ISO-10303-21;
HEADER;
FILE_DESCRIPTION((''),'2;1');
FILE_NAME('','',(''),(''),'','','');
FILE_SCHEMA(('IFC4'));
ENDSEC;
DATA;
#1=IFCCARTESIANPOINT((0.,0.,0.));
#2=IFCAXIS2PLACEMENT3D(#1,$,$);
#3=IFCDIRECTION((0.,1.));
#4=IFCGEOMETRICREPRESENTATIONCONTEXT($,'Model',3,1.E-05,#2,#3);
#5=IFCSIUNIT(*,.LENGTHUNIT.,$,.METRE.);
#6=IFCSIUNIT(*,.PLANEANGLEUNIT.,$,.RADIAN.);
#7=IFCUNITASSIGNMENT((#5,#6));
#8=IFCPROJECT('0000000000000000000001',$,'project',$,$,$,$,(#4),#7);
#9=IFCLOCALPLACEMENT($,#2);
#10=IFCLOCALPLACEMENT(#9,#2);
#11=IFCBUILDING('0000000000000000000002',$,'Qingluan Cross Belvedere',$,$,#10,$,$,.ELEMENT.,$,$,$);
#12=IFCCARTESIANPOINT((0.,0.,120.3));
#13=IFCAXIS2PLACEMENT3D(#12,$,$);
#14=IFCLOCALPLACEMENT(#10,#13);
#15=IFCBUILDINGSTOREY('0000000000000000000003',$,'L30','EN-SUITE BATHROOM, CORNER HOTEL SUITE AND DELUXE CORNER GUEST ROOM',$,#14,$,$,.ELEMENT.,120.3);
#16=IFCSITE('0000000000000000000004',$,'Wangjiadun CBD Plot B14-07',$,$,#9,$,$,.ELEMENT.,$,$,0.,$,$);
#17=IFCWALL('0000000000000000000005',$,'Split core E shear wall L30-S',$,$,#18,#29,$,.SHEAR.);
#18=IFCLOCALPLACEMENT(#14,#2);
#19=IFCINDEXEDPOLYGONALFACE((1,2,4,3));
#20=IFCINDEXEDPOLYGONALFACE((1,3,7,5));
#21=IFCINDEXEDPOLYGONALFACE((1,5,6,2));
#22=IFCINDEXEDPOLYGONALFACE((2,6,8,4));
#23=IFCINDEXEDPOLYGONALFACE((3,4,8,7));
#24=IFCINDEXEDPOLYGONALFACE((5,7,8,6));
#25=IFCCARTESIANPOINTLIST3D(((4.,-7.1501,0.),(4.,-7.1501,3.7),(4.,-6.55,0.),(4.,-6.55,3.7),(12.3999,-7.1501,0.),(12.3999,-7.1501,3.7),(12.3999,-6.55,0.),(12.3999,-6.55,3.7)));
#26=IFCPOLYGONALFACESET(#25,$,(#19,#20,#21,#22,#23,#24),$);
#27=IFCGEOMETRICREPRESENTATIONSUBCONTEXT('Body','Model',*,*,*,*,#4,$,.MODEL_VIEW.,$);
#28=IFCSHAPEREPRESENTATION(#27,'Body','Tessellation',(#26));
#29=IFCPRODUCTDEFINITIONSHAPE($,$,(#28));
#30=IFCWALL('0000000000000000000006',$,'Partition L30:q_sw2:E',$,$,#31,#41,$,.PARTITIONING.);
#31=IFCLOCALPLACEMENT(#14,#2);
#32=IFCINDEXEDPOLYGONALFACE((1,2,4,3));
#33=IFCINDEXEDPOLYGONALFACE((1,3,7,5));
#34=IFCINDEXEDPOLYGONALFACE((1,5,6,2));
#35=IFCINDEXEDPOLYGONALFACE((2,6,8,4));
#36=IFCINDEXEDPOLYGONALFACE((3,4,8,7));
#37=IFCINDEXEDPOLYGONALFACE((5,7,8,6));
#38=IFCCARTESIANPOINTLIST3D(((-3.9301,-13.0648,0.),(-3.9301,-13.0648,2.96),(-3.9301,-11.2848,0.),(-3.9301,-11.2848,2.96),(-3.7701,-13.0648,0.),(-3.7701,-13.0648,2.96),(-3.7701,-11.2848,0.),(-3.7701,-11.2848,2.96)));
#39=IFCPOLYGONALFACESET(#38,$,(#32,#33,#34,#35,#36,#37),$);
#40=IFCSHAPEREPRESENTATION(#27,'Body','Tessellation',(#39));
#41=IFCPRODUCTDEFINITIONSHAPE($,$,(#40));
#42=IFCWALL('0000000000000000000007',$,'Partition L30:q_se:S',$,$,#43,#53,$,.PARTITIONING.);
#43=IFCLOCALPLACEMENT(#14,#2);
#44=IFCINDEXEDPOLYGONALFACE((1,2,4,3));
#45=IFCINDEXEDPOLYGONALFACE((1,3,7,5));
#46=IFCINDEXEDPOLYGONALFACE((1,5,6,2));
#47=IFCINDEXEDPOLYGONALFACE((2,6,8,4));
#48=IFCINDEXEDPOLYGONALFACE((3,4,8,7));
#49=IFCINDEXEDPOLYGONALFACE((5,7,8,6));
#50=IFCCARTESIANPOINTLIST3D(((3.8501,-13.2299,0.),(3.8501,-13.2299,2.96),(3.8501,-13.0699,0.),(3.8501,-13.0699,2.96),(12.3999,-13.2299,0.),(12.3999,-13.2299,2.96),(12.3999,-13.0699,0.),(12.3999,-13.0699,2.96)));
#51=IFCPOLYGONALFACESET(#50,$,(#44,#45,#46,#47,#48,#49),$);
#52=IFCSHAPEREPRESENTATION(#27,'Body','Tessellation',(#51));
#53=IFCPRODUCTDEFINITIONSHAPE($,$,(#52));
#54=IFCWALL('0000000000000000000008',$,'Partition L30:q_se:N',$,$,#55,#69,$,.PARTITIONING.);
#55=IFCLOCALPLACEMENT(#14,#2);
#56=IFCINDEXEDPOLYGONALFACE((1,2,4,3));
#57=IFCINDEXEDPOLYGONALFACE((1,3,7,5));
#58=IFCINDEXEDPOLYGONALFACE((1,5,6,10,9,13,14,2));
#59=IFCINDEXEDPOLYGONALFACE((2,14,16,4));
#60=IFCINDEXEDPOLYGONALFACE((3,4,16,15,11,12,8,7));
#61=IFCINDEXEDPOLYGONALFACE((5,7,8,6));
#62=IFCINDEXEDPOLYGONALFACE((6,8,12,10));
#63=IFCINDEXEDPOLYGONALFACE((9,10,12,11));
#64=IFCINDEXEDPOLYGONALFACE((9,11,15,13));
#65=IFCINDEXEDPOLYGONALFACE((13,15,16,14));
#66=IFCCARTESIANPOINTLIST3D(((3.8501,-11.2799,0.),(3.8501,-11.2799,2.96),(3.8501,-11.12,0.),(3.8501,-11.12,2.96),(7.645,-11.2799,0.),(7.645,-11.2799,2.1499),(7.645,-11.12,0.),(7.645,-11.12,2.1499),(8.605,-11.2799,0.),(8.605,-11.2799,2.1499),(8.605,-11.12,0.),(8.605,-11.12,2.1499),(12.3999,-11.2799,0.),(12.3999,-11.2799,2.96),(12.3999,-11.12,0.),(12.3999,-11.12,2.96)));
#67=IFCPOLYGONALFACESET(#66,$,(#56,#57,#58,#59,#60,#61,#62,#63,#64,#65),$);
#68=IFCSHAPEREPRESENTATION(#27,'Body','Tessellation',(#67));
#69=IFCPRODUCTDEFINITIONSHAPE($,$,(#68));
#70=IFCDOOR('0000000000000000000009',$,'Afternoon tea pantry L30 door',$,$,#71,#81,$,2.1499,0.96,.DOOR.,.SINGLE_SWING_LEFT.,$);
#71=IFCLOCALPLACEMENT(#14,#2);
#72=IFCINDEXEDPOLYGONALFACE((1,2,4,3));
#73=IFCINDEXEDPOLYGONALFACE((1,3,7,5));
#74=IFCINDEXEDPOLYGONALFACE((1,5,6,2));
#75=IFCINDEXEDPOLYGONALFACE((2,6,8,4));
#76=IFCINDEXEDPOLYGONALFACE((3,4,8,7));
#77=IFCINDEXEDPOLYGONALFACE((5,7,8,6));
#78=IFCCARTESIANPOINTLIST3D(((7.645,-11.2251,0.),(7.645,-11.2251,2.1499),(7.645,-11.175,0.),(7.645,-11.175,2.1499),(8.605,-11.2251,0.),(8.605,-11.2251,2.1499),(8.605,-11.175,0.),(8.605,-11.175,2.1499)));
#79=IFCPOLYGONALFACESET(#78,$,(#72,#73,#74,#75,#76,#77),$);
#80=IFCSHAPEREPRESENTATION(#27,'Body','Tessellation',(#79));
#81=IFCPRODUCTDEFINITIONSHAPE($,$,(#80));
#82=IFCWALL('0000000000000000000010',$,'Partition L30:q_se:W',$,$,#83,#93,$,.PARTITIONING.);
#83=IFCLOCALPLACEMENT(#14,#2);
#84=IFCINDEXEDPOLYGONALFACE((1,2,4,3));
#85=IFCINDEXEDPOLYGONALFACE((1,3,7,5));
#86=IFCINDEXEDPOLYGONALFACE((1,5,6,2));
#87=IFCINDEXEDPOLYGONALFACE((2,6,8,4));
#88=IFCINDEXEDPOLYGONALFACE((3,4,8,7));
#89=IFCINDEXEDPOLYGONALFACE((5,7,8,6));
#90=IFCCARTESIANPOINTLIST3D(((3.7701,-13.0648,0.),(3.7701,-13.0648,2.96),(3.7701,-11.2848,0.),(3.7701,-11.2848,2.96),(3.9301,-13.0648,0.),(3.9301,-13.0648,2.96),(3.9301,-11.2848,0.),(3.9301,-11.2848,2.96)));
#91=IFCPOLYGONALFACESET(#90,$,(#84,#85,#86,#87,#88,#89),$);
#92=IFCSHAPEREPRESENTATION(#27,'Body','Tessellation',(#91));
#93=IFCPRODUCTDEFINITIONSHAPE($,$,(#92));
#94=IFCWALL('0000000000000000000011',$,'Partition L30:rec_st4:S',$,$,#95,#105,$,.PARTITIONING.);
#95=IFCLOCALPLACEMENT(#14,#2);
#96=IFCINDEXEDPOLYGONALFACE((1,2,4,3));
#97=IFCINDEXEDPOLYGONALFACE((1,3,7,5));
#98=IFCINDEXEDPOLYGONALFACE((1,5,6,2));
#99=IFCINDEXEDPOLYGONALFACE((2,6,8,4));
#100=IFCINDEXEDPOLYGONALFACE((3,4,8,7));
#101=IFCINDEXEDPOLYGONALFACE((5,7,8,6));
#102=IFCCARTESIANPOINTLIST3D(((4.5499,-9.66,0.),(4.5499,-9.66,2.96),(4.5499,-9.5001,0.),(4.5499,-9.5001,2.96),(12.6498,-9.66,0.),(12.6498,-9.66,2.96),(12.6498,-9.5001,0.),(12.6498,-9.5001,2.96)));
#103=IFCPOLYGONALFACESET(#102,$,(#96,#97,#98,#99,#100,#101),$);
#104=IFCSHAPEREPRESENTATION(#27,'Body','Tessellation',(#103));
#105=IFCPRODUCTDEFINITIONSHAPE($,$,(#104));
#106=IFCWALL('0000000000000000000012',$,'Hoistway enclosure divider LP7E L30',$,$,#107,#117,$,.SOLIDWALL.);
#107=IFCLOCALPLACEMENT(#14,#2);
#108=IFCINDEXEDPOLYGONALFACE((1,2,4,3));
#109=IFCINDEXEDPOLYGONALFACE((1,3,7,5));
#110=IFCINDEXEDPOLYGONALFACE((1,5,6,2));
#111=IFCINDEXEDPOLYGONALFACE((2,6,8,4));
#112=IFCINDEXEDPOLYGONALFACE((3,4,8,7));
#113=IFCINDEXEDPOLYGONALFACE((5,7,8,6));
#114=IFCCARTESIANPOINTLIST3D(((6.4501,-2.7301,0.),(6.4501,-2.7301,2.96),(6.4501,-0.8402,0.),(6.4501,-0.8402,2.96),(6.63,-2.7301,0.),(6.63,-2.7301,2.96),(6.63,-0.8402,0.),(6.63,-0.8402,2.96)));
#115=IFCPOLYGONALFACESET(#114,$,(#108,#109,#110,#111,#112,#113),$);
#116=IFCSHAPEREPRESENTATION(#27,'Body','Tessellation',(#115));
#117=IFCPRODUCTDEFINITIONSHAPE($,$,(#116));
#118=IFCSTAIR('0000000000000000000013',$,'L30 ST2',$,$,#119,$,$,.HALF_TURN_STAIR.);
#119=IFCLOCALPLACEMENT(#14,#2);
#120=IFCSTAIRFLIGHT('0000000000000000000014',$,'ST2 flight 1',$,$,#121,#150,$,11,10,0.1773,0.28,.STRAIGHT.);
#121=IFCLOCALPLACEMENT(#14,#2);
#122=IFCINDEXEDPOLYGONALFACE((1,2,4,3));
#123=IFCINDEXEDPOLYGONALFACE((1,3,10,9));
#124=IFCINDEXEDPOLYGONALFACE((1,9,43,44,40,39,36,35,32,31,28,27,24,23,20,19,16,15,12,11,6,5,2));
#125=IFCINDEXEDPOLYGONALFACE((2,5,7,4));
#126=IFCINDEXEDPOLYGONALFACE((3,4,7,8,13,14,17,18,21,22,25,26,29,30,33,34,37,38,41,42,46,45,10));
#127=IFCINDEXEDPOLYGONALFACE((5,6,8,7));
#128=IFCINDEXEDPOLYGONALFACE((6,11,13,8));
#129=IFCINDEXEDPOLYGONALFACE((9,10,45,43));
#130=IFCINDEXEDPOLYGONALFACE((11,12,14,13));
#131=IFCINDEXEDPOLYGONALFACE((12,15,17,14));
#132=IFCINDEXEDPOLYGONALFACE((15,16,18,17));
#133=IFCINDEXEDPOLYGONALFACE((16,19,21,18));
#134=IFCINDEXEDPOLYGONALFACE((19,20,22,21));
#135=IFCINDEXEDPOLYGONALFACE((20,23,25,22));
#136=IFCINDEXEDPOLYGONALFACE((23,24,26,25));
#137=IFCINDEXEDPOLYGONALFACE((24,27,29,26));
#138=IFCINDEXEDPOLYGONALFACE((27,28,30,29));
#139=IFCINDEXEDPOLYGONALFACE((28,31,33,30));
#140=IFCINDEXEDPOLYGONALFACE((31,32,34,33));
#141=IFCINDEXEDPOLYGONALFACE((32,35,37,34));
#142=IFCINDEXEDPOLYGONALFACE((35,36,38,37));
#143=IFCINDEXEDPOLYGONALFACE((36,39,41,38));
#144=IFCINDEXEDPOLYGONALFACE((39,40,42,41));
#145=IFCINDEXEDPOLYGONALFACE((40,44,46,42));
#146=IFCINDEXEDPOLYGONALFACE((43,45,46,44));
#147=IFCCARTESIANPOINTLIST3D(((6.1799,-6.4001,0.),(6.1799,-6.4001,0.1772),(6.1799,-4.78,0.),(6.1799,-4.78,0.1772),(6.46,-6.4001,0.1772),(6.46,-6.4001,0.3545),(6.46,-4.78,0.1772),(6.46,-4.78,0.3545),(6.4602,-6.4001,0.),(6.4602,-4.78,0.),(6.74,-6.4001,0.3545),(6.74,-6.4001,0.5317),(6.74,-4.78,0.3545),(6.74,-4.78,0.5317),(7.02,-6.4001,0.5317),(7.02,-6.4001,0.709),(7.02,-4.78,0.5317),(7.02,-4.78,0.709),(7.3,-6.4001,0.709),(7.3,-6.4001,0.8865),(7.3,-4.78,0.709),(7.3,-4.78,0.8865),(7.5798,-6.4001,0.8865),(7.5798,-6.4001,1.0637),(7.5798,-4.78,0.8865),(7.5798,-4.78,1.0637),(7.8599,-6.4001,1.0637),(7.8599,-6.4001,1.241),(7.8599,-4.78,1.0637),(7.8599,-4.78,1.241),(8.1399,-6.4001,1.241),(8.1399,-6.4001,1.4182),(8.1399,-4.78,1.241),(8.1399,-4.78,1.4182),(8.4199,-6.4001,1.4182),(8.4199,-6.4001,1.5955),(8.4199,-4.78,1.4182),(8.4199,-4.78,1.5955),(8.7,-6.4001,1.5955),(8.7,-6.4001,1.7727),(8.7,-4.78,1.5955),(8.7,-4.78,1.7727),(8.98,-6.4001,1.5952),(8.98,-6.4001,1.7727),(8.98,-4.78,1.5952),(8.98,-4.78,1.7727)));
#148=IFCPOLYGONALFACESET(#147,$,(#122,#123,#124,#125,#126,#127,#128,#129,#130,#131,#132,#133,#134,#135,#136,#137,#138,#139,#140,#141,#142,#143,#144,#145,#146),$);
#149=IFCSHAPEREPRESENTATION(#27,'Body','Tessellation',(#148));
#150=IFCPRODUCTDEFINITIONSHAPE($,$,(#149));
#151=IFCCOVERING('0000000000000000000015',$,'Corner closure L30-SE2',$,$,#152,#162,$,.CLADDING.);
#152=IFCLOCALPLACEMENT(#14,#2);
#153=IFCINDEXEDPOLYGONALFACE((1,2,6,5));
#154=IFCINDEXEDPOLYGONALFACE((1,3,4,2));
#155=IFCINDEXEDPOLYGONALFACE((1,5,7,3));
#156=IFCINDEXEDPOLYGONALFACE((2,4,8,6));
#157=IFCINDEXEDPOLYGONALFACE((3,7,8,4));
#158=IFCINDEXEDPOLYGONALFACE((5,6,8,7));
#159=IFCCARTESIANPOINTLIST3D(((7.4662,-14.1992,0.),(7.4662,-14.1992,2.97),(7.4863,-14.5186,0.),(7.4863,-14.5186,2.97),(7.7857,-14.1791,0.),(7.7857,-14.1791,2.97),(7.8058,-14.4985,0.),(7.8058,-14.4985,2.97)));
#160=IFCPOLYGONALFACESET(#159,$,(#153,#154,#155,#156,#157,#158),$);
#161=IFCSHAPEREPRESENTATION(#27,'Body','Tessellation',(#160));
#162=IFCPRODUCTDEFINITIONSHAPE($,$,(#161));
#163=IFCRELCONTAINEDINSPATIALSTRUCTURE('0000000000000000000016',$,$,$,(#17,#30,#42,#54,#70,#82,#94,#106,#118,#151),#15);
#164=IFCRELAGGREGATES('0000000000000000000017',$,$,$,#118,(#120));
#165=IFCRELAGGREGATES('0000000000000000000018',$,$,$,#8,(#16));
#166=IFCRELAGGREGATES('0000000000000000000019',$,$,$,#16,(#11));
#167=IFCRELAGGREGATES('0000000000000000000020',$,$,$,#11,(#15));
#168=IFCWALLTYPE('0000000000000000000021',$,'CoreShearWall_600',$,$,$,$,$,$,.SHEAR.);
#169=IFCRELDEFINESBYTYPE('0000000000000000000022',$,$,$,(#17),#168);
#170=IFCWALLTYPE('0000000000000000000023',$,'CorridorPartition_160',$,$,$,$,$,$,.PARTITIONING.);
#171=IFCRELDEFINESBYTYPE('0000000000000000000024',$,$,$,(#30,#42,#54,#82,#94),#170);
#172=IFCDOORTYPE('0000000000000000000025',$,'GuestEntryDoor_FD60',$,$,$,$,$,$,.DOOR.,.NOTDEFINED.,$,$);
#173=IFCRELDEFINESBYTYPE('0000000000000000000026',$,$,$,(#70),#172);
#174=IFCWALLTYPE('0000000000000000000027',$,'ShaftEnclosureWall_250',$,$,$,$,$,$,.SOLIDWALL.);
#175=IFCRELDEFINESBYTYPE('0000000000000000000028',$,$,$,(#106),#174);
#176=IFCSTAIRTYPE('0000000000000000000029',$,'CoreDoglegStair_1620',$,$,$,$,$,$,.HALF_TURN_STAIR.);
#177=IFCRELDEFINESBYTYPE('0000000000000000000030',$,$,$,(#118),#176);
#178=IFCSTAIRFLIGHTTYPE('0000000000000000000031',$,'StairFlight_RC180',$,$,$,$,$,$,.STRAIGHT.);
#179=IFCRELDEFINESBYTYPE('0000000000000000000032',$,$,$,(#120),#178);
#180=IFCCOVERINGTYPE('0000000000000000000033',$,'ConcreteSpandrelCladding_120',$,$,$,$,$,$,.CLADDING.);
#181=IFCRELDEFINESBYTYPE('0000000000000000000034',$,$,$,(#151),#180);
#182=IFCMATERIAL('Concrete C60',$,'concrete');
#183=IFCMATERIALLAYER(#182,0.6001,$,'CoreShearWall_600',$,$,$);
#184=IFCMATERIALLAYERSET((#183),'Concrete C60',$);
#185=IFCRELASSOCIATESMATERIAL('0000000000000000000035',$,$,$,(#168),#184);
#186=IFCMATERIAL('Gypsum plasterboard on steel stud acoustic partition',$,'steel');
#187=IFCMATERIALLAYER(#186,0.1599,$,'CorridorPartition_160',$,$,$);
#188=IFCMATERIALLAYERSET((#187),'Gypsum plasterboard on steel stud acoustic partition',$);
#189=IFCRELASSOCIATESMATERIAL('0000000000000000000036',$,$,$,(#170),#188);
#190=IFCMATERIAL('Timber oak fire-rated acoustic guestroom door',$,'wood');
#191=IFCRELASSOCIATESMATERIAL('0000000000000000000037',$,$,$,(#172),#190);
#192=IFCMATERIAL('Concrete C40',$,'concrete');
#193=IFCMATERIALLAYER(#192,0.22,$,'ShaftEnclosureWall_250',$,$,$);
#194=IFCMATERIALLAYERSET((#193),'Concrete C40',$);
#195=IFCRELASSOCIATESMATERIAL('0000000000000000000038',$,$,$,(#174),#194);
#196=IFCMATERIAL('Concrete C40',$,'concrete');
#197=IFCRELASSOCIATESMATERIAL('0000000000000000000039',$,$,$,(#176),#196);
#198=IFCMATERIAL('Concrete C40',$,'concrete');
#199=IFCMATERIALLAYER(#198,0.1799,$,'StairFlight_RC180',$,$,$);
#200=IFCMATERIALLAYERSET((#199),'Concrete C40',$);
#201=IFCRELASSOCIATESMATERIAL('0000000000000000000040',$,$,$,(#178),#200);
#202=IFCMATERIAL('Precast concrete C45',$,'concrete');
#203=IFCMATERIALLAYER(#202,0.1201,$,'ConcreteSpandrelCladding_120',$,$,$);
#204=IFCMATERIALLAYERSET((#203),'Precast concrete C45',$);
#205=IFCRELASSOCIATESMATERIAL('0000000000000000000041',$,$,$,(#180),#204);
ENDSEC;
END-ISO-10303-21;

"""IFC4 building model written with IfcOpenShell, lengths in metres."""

from ifc_helpers import new_model, si_unit, direction, frame, frame_2d, origin, origin_2d, place, context, subcontext, project, spatial, polyline, rectangle, outline, extrude, material, layer, layer_set, type_object, element, fill, aggregate, save


model = new_model("IFC4")

# Units and contexts
model_context = context("Model", 3, precision=1e-05, world=origin(), true_north=direction((0.0, 1.0)))
body_context = subcontext(model_context, "Body", "Model", "MODEL_VIEW")
ifc_project = project(units=[si_unit("LENGTHUNIT", "METRE"), si_unit("PLANEANGLEUNIT", "RADIAN")], contexts=[model_context])

# Site, building, storey
site_placement = place(None, origin())
site = spatial("IfcSite", under=ifc_project, at=site_placement, Name="Wangjiadun CBD Plot B14-07", CompositionType="ELEMENT", RefElevation=0.0)
building_placement = place(site_placement, origin())
building = spatial("IfcBuilding", under=site, at=building_placement, Name="Qingluan Cross Belvedere", CompositionType="ELEMENT")
storey_placement = place(building_placement, frame((0.0, 0.0, 120.3)))
storey = spatial("IfcBuildingStorey", under=building, at=storey_placement, Name="L30", Description="EN-SUITE BATHROOM, CORNER HOTEL SUITE AND DELUXE CORNER GUEST ROOM", CompositionType="ELEMENT", Elevation=120.3)

# Wall
ifc_material_1 = material(Name="Concrete C60", Category="concrete")
ifc_layer_1 = layer(ifc_material_1, 0.6001, Name="CoreShearWall_600")
ifc_layer_set_1 = layer_set([ifc_layer_1], Name="Concrete C60")
wall_type_1 = type_object("IfcWallType", Name="CoreShearWall_600", PredefinedType="SHEAR", material=ifc_layer_set_1)
wall_1_placement = place(storey_placement, frame((4.0, -6.8501, 0.0), z_axis=(0.0, 0.0, 1.0), x_axis=(1.0, 0.0, 0.0)))
element("IfcWall", 1, at=wall_1_placement, inside=storey, type_object=wall_type_1, Name="Split core E shear wall L30-S", PredefinedType="SHEAR", context=body_context, shape_type="SweptSolid", body=[
    extrude(rectangle(XDim=8.3999, YDim=0.6001, at=frame_2d((4.2, 0.0))), origin(), (0.0, 0.0, 1.0), 3.7),
])

# Walls
ifc_material_2 = material(Name="Gypsum plasterboard on steel stud acoustic partition", Category="steel")
ifc_layer_2 = layer(ifc_material_2, 0.1599, Name="CorridorPartition_160")
ifc_layer_set_2 = layer_set([ifc_layer_2], Name="Gypsum plasterboard on steel stud acoustic partition")
wall_type_2 = type_object("IfcWallType", Name="CorridorPartition_160", PredefinedType="PARTITIONING", material=ifc_layer_set_2)
wall_2_placement = place(storey_placement, frame((-3.8501, -13.0649, 0.0), z_axis=(0.0, 0.0, 1.0), x_axis=(0.0, 1.0, 0.0)))
element("IfcWall", 2, at=wall_2_placement, inside=storey, type_object=wall_type_2, Name="Partition L30:q_sw2:E", PredefinedType="PARTITIONING", context=body_context, shape_type="SweptSolid", body=[
    extrude(rectangle(XDim=1.78, YDim=0.1599, at=frame_2d((0.8901, 0.0))), origin(), (0.0, 0.0, 1.0), 2.96),
])
wall_3_placement = place(storey_placement, frame((3.8501, -13.1499, 0.0), z_axis=(0.0, 0.0, 1.0), x_axis=(1.0, 0.0, 0.0)))
element("IfcWall", 3, at=wall_3_placement, inside=storey, type_object=wall_type_2, Name="Partition L30:q_se:S", PredefinedType="PARTITIONING", context=body_context, shape_type="SweptSolid", body=[
    extrude(rectangle(XDim=8.5498, YDim=0.1599, at=frame_2d((4.2749, 0.0))), origin(), (0.0, 0.0, 1.0), 2.96),
])

# Wall, opening, door
wall_4_placement = place(storey_placement, frame((3.8501, -11.2, 0.0), z_axis=(0.0, 0.0, 1.0), x_axis=(1.0, 0.0, 0.0)))
wall_4 = element("IfcWall", 4, at=wall_4_placement, inside=storey, type_object=wall_type_2, Name="Partition L30:q_se:N", PredefinedType="PARTITIONING", context=body_context, shape_type="SweptSolid", body=[
    extrude(rectangle(XDim=8.5498, YDim=0.1599, at=frame_2d((4.2749, 0.0))), origin(), (0.0, 0.0, 1.0), 2.96),
])
opening_1_placement = place(wall_4_placement, frame((3.7949, 0.0, 0.0)))
opening_1 = element("IfcOpeningElement", 5, at=opening_1_placement, cuts=wall_4, PredefinedType="OPENING", context=body_context, shape_type="SweptSolid", body=[
    extrude(rectangle(XDim=0.96, YDim=2.1499, at=frame_2d((0.48, 1.075))), frame((0.0, 0.0898, 0.0), z_axis=(0.0, -1.0, 0.0), x_axis=(1.0, 0.0, 0.0)), (0.0, 0.0, 1.0), 0.1799),
])
ifc_material_3 = material(Name="Timber oak fire-rated acoustic guestroom door", Category="wood")
door_type_1 = type_object("IfcDoorType", Name="GuestEntryDoor_FD60", OperationType="NOTDEFINED", PredefinedType="DOOR", material=ifc_material_3)
door_1_placement = place(opening_1_placement, origin())
door_1 = element("IfcDoor", 6, at=door_1_placement, inside=storey, type_object=door_type_1, Name="Afternoon tea pantry L30 door", OperationType="SINGLE_SWING_LEFT", OverallHeight=2.1499, OverallWidth=0.96, PredefinedType="DOOR", context=body_context, shape_type="SweptSolid", body=[
    extrude(rectangle(XDim=0.96, YDim=2.1499, at=frame_2d((0.48, 1.075))), frame((0.0, 0.0249, 0.0), z_axis=(0.0, -1.0, 0.0), x_axis=(1.0, 0.0, 0.0)), (0.0, 0.0, 1.0), 0.05),
])
fill(opening_1, door_1)

# Walls
wall_5_placement = place(storey_placement, frame((3.8501, -13.0649, 0.0), z_axis=(0.0, 0.0, 1.0), x_axis=(0.0, 1.0, 0.0)))
element("IfcWall", 7, at=wall_5_placement, inside=storey, type_object=wall_type_2, Name="Partition L30:q_se:W", PredefinedType="PARTITIONING", context=body_context, shape_type="SweptSolid", body=[
    extrude(rectangle(XDim=1.78, YDim=0.1599, at=frame_2d((0.8901, 0.0))), origin(), (0.0, 0.0, 1.0), 2.96),
])
wall_6_placement = place(storey_placement, frame((4.55, -9.5801, 0.0), z_axis=(0.0, 0.0, 1.0), x_axis=(1.0, 0.0, 0.0)))
element("IfcWall", 8, at=wall_6_placement, inside=storey, type_object=wall_type_2, Name="Partition L30:rec_st4:S", PredefinedType="PARTITIONING", context=body_context, shape_type="SweptSolid", body=[
    extrude(rectangle(XDim=8.0999, YDim=0.1599, at=frame_2d((4.0498, 0.0))), origin(), (0.0, 0.0, 1.0), 2.96),
])

# Wall
ifc_material_4 = material(Name="Concrete C40", Category="concrete")
ifc_layer_3 = layer(ifc_material_4, 0.22, Name="ShaftEnclosureWall_250")
ifc_layer_set_3 = layer_set([ifc_layer_3], Name="Concrete C40")
wall_type_3 = type_object("IfcWallType", Name="ShaftEnclosureWall_250", PredefinedType="SOLIDWALL", material=ifc_layer_set_3)
wall_7_placement = place(storey_placement, frame((6.54, -2.73, 0.0), z_axis=(0.0, 0.0, 1.0), x_axis=(0.0, 1.0, 0.0)))
element("IfcWall", 9, at=wall_7_placement, inside=storey, type_object=wall_type_3, Name="Hoistway enclosure divider LP7E L30", PredefinedType="SOLIDWALL", context=body_context, shape_type="SweptSolid", body=[
    extrude(rectangle(XDim=1.8899, YDim=0.1799, at=frame_2d((0.9448, 0.0))), origin(), (0.0, 0.0, 1.0), 2.96),
])

# Stair, stair flight
ifc_material_5 = material(Name="Concrete C40", Category="concrete")
stair_type = type_object("IfcStairType", Name="CoreDoglegStair_1620", PredefinedType="HALF_TURN_STAIR", material=ifc_material_5)
stair_placement = place(storey_placement, origin())
stair = element("IfcStair", 10, at=stair_placement, inside=storey, type_object=stair_type, Name="L30 ST2", PredefinedType="HALF_TURN_STAIR")
ifc_material_6 = material(Name="Concrete C40", Category="concrete")
ifc_layer_4 = layer(ifc_material_6, 0.1799, Name="StairFlight_RC180")
ifc_layer_set_4 = layer_set([ifc_layer_4], Name="Concrete C40")
stair_flight_type = type_object("IfcStairFlightType", Name="StairFlight_RC180", PredefinedType="STRAIGHT", material=ifc_layer_set_4)
stair_flight_placement = place(storey_placement, frame((6.1799, -5.5901, 0.0), z_axis=(0.0, 0.0, 1.0), x_axis=(1.0, 0.0, 0.0)))
stair_flight = element("IfcStairFlight", 11, at=stair_flight_placement, type_object=stair_flight_type, Name="ST2 flight 1", NumberOfRisers=11, NumberOfTreads=10, PredefinedType="STRAIGHT", RiserHeight=0.1773, TreadLength=0.28, context=body_context, shape_type="SweptSolid", body=[
    extrude(outline(polyline([(0.0, 0.0), (0.0, 0.1772), (0.28, 0.1772), (0.28, 0.3545), (0.5601, 0.3545), (0.5601, 0.5317), (0.8401, 0.5317), (0.8401, 0.709), (1.1201, 0.709), (1.1201, 0.8865), (1.3999, 0.8865), (1.3999, 1.0637), (1.6799, 1.0637), (1.6799, 1.241), (1.96, 1.241), (1.96, 1.4182), (2.24, 1.4182), (2.24, 1.5955), (2.52, 1.5955), (2.52, 1.7727), (2.8, 1.7727), (2.8, 1.95), (2.8, 1.5952), (0.2803, 0.0), (0.0, 0.0)])), frame((0.0, 0.8101, 0.0), z_axis=(0.0, -1.0, 0.0), x_axis=(1.0, 0.0, 0.0)), (0.0, 0.0, 1.0), 1.6201),
])
aggregate(stair, [stair_flight])

# Covering
ifc_material_7 = material(Name="Precast concrete C45", Category="concrete")
ifc_layer_5 = layer(ifc_material_7, 0.1201, Name="ConcreteSpandrelCladding_120")
ifc_layer_set_5 = layer_set([ifc_layer_5], Name="Precast concrete C45")
covering_type = type_object("IfcCoveringType", Name="ConcreteSpandrelCladding_120", PredefinedType="CLADDING", material=ifc_layer_set_5)
covering_placement = place(storey_placement, frame((7.636, -14.3489, 0.0), z_axis=(0.0, 0.0, 1.0), x_axis=(0.998027, 0.062791, 0.0)))
element("IfcCovering", 12, at=covering_placement, inside=storey, type_object=covering_type, Name="Corner closure L30-SE2", PredefinedType="CLADDING", context=body_context, shape_type="SweptSolid", body=[
    extrude(rectangle(XDim=0.3201, YDim=0.3201, at=origin_2d()), origin(), (0.0, 0.0, 1.0), 2.97),
])

save(model, "model.ifc")
